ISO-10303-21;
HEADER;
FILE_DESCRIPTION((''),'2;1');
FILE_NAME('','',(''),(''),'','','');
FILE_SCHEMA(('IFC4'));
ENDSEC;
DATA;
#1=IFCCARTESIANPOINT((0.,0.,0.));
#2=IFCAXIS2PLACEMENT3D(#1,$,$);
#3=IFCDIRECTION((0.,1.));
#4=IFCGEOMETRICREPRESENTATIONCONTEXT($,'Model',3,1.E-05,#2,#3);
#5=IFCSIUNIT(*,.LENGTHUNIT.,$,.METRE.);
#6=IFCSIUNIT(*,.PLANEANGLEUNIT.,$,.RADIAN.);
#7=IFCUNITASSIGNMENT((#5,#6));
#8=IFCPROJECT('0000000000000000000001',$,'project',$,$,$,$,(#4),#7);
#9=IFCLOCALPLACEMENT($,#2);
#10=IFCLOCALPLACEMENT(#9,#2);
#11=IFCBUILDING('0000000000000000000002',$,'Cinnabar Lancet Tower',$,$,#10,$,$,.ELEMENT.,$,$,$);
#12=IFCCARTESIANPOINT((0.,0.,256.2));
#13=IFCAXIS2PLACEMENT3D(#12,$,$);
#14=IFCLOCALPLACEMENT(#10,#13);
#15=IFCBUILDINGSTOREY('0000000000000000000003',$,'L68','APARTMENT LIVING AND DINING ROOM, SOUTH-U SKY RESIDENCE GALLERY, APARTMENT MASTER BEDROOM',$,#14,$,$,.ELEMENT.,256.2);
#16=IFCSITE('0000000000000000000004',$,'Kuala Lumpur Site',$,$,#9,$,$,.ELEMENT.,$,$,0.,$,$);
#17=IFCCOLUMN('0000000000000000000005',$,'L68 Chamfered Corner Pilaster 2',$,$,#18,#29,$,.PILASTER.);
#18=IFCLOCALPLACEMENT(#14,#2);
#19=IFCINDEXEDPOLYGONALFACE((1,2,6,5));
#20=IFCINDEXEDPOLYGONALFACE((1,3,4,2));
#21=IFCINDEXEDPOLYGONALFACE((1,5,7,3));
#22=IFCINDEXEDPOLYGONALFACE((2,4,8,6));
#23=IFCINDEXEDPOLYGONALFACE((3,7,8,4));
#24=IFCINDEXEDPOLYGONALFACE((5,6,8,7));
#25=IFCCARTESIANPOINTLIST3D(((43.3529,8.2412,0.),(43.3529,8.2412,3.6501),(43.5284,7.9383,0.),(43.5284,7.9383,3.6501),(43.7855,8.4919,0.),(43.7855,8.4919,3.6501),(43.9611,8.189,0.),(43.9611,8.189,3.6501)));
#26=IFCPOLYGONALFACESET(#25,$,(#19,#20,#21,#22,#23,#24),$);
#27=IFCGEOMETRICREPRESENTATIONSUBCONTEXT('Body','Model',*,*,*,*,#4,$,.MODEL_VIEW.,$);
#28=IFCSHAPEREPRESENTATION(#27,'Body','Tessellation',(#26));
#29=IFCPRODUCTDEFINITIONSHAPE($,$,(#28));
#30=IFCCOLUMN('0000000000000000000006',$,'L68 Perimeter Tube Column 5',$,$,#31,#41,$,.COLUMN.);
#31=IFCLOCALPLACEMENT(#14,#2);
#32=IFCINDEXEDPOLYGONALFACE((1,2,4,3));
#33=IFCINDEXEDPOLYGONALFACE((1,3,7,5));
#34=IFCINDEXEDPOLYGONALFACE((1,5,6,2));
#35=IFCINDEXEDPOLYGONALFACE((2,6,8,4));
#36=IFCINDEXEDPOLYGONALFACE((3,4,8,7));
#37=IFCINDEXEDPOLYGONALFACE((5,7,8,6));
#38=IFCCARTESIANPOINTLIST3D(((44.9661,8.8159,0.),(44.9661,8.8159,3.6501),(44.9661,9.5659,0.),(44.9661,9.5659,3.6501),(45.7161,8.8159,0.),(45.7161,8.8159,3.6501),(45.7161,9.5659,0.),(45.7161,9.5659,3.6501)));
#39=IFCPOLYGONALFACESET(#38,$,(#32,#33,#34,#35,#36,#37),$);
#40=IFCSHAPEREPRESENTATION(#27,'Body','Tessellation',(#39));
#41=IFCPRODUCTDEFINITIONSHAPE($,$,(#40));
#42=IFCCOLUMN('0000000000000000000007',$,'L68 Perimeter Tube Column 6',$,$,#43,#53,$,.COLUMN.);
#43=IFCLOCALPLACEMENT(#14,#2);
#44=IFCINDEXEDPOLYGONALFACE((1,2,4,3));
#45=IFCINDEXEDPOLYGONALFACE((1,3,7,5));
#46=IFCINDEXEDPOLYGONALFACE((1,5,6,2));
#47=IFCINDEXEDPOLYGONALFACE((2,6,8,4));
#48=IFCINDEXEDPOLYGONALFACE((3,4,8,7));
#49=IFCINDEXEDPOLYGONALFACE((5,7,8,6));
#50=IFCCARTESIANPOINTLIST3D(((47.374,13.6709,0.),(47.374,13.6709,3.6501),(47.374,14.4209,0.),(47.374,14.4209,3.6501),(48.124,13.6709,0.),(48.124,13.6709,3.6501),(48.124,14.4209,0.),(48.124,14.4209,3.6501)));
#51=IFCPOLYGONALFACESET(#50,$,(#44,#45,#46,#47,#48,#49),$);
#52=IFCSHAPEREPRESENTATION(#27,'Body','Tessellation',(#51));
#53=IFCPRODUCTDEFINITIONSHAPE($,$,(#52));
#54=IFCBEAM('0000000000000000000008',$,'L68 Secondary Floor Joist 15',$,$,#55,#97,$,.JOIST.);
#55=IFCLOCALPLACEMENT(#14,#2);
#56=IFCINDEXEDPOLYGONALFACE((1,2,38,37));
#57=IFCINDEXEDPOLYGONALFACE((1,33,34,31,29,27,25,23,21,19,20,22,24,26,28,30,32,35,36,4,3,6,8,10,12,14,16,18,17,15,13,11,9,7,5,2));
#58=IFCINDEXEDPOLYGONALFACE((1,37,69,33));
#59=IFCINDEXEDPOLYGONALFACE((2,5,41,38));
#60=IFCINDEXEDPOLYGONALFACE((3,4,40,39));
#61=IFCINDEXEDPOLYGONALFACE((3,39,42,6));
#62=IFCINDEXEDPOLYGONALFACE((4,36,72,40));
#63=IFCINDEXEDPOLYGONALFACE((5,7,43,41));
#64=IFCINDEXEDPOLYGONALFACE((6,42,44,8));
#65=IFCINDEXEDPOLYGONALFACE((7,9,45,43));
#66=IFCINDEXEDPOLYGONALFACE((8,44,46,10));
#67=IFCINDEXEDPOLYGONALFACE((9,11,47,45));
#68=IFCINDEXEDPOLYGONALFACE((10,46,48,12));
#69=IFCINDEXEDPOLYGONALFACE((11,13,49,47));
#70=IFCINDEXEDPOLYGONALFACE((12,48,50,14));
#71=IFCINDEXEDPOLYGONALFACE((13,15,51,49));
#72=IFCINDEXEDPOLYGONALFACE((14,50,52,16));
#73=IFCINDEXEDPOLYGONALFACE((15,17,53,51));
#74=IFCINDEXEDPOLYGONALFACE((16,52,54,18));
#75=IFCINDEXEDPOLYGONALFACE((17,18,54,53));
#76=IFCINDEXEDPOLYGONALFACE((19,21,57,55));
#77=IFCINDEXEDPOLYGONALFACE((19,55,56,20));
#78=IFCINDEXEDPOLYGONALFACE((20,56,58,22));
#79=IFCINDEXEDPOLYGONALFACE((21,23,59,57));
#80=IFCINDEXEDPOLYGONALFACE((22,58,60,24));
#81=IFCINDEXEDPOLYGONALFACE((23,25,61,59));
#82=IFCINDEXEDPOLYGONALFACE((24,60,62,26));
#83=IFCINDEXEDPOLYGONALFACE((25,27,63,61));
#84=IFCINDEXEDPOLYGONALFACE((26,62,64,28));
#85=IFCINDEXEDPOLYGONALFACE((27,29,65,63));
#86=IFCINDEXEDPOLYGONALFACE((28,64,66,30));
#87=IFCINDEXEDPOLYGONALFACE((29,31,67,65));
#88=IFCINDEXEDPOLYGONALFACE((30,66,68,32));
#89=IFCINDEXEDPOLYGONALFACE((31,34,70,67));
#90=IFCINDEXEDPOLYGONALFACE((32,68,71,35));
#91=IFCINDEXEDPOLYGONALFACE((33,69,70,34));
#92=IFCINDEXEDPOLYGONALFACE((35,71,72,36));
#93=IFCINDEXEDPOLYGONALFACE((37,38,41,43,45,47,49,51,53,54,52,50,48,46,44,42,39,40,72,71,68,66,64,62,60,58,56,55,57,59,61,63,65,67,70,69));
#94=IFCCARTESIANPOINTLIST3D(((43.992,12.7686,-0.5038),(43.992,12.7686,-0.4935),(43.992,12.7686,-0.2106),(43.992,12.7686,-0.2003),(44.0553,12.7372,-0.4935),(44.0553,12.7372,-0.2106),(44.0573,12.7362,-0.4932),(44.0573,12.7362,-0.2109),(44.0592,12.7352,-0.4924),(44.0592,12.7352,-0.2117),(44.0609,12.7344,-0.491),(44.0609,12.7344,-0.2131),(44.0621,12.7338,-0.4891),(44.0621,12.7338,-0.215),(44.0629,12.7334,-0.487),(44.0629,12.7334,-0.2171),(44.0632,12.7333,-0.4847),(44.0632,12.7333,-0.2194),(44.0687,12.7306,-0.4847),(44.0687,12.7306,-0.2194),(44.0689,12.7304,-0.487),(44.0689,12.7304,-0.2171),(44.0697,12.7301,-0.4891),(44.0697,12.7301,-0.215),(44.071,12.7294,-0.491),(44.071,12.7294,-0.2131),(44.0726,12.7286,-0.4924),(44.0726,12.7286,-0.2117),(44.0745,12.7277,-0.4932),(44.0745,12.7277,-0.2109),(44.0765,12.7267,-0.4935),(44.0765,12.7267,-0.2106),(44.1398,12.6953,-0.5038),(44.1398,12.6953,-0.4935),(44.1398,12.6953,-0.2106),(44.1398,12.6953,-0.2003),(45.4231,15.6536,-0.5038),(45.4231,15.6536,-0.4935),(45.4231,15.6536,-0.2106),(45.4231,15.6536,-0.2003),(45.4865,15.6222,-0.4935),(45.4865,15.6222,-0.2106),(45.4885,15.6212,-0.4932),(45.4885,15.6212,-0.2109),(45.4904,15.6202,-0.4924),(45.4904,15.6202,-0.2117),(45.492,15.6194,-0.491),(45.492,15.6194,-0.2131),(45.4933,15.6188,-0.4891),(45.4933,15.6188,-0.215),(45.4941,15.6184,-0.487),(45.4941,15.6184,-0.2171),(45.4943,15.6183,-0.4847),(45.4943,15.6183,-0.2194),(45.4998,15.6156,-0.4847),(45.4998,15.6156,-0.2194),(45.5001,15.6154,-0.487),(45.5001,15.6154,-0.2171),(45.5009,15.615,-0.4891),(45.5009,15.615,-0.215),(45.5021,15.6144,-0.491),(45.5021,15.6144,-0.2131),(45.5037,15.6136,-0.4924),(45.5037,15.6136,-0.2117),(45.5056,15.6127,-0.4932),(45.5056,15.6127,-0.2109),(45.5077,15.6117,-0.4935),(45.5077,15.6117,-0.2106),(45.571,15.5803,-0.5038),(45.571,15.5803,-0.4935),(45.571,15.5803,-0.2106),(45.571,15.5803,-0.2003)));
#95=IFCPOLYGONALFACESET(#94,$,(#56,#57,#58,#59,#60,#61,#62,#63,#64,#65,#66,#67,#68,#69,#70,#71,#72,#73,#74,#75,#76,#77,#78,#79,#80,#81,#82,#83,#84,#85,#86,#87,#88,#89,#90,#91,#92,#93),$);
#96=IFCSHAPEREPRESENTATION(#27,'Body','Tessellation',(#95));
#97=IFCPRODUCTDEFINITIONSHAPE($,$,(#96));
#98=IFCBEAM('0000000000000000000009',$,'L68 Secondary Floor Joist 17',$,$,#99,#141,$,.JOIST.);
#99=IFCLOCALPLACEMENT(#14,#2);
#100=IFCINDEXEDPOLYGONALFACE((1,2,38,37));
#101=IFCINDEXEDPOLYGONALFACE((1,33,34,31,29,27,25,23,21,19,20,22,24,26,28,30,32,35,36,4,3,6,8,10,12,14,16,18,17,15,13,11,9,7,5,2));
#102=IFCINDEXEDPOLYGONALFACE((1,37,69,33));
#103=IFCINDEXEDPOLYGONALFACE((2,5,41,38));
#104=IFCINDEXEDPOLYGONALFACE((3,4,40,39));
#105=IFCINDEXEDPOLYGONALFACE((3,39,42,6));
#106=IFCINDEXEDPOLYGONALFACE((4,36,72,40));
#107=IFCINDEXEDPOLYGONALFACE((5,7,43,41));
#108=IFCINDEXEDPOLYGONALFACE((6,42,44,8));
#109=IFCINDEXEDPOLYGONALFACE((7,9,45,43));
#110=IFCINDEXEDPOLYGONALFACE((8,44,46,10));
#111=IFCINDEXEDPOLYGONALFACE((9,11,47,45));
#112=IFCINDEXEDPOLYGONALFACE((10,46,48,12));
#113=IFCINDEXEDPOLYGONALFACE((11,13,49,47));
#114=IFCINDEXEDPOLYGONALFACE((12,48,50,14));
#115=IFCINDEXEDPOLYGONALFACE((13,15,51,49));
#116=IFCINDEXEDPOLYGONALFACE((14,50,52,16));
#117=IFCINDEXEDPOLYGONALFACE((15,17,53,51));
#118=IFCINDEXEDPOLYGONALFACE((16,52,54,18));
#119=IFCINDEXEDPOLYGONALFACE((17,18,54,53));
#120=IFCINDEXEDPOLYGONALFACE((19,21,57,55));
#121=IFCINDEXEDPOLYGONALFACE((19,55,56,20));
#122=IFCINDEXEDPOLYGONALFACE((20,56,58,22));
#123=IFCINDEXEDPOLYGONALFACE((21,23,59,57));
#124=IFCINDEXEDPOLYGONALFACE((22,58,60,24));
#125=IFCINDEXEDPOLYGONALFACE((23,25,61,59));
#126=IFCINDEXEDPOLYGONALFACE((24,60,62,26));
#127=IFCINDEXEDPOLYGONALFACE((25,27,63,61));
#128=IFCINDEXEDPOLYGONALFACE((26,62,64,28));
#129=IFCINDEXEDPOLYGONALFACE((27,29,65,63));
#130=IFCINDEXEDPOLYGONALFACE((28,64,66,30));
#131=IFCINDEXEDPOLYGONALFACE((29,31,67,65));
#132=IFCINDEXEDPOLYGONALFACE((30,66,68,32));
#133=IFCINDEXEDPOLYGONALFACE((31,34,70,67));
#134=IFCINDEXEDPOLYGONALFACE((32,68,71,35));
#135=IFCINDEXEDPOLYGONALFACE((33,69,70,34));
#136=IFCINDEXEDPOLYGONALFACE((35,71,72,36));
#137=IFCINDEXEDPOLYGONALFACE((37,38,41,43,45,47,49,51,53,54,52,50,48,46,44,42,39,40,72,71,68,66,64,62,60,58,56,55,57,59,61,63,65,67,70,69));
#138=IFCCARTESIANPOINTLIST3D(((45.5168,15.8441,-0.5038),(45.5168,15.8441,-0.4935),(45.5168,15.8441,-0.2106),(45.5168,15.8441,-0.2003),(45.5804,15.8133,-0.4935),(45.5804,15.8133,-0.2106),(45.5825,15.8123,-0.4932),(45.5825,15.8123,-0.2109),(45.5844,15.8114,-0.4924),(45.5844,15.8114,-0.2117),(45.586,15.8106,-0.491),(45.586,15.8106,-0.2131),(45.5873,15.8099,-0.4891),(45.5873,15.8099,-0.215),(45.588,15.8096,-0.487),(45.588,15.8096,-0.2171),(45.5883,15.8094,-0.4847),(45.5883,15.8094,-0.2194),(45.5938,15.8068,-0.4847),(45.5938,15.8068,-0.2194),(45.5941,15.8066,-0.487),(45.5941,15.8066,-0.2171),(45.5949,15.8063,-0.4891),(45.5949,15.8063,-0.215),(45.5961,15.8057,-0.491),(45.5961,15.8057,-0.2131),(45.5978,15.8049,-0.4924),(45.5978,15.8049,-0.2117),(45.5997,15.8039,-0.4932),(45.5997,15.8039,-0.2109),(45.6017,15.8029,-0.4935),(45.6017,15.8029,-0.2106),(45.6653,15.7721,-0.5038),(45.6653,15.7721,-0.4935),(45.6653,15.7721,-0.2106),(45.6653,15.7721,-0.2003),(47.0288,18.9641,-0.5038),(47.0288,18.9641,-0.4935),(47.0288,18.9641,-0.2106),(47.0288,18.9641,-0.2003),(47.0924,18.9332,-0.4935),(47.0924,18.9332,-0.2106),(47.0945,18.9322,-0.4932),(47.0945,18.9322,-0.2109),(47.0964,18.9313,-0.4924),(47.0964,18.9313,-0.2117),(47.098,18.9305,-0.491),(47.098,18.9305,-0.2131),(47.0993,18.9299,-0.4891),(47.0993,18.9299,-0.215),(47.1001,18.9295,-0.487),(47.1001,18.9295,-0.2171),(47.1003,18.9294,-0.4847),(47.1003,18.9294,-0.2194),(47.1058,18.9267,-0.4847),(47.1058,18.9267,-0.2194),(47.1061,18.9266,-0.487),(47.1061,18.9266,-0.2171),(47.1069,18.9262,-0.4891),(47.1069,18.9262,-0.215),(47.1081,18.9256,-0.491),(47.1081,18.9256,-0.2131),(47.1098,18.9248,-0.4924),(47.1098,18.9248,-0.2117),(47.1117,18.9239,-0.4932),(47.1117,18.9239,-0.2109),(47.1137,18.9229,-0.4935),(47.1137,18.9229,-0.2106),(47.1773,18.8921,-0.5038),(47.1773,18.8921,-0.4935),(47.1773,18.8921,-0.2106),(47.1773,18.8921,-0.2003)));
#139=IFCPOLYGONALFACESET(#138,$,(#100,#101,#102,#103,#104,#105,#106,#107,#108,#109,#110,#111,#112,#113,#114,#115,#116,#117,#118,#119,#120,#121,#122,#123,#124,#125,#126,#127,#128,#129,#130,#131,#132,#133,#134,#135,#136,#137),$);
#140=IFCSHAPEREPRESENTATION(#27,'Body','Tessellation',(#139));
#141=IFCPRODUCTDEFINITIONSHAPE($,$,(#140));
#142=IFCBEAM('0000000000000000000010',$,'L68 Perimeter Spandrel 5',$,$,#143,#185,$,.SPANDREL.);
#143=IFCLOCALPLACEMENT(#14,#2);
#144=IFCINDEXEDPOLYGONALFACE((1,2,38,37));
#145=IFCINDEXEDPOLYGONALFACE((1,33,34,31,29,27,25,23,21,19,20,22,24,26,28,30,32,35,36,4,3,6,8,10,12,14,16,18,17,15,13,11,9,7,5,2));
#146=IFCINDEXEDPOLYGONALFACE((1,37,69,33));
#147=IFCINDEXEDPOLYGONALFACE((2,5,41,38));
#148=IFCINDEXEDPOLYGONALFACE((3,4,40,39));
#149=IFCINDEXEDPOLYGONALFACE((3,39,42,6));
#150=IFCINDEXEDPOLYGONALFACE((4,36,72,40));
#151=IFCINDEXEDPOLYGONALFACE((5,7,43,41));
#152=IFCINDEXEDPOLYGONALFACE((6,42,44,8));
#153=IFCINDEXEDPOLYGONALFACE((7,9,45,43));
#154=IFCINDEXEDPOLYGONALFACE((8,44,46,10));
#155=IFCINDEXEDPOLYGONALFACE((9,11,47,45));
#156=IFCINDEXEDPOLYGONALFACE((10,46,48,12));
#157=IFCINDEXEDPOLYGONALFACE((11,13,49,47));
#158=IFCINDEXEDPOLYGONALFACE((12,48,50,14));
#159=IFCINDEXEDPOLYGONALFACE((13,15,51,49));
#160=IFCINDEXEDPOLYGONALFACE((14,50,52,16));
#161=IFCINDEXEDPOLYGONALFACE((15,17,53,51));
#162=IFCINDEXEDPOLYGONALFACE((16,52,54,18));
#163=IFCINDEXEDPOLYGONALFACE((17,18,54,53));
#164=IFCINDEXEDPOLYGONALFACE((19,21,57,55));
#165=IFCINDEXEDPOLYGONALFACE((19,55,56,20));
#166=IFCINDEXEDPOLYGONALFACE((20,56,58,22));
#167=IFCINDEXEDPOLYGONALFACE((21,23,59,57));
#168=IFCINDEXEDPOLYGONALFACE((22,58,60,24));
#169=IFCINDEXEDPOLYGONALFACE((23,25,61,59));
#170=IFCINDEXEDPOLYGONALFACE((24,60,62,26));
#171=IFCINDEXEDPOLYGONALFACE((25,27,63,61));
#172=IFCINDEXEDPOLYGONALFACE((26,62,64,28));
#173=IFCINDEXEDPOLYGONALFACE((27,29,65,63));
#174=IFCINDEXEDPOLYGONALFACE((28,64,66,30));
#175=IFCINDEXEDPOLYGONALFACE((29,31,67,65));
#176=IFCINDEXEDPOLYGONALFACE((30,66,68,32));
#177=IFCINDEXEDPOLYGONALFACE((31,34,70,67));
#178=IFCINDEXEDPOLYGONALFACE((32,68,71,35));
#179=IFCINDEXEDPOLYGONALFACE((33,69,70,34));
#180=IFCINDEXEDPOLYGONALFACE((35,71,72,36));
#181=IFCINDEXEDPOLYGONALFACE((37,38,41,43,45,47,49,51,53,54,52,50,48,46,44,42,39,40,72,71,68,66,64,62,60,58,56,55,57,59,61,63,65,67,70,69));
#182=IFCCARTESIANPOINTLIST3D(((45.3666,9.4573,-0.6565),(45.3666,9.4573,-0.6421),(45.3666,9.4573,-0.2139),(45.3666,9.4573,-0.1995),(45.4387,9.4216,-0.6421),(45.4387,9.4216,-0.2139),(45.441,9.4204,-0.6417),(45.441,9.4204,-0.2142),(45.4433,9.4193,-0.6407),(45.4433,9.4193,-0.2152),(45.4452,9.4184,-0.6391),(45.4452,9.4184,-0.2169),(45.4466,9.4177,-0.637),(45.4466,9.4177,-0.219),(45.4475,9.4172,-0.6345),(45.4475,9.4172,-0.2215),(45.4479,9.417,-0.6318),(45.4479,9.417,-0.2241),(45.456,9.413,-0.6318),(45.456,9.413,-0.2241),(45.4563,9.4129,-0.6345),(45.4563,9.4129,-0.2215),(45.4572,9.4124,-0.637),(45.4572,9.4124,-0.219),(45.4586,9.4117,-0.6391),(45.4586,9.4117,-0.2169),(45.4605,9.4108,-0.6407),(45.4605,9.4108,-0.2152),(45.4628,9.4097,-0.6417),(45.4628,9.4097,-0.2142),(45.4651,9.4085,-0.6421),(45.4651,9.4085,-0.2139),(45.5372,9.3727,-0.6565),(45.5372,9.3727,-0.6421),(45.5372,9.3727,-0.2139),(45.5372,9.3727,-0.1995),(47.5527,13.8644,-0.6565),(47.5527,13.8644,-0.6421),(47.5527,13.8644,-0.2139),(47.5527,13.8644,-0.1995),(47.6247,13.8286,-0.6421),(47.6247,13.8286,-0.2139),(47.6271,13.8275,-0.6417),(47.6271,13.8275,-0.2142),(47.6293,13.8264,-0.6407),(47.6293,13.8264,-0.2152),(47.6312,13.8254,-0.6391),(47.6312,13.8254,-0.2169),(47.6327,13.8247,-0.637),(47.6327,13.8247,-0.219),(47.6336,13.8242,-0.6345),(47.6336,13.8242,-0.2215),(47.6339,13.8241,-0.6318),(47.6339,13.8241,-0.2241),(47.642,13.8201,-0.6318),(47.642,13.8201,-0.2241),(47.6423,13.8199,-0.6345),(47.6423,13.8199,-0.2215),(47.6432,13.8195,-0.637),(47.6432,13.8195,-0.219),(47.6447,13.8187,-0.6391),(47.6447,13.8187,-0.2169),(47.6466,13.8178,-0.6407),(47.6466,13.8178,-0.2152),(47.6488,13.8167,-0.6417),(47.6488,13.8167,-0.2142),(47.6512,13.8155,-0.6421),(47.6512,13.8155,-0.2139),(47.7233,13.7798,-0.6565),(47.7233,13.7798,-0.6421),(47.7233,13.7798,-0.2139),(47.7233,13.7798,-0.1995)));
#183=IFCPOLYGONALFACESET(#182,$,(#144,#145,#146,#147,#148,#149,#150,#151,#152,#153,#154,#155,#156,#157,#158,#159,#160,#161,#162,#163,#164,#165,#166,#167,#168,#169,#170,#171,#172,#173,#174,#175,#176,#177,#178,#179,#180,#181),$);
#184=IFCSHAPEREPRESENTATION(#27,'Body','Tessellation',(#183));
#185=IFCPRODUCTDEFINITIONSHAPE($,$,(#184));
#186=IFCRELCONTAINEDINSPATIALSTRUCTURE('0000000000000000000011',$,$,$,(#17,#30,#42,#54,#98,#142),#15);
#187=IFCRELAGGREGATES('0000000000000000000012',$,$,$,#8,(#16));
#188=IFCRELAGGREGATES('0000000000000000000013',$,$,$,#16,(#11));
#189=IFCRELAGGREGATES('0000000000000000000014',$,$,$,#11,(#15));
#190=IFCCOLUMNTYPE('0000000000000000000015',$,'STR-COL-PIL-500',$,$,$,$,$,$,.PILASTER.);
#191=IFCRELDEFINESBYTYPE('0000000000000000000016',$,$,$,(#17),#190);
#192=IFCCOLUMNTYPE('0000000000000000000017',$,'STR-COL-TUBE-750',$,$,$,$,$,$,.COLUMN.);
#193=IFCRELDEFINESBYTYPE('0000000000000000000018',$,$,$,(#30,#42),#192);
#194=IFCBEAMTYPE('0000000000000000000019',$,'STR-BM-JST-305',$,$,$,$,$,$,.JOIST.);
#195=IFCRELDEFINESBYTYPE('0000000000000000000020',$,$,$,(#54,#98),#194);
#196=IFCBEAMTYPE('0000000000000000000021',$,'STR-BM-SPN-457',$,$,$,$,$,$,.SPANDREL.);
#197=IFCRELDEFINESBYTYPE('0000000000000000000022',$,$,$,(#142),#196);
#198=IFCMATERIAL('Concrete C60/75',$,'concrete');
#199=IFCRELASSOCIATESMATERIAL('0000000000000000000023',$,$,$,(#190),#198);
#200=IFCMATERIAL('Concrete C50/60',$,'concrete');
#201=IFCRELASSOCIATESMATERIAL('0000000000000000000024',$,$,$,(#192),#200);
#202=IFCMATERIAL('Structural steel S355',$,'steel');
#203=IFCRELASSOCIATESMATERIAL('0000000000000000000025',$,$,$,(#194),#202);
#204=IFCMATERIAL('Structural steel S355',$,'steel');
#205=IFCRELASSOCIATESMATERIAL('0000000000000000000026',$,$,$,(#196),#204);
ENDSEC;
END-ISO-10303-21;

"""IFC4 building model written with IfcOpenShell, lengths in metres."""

from ifc_helpers import new_model, si_unit, direction, frame, origin, origin_2d, place, context, subcontext, project, spatial, rectangle, i_section, extrude, material, material_profile, profile_set, type_object, element, save


model = new_model("IFC4")

# Units and contexts
model_context = context("Model", 3, precision=1e-05, world=origin(), true_north=direction((0.0, 1.0)))
body_context = subcontext(model_context, "Body", "Model", "MODEL_VIEW")
ifc_project = project(units=[si_unit("LENGTHUNIT", "METRE"), si_unit("PLANEANGLEUNIT", "RADIAN")], contexts=[model_context])

# Site, building, storey
site_placement = place(None, origin())
site = spatial("IfcSite", under=ifc_project, at=site_placement, Name="Kuala Lumpur Site", CompositionType="ELEMENT", RefElevation=0.0)
building_placement = place(site_placement, origin())
building = spatial("IfcBuilding", under=site, at=building_placement, Name="Cinnabar Lancet Tower", CompositionType="ELEMENT")
storey_placement = place(building_placement, frame((0.0, 0.0, 256.2)))
storey = spatial("IfcBuildingStorey", under=building, at=storey_placement, Name="L68", Description="APARTMENT LIVING AND DINING ROOM, SOUTH-U SKY RESIDENCE GALLERY, APARTMENT MASTER BEDROOM", CompositionType="ELEMENT", Elevation=256.2)

# Columns
ifc_material_1 = material(Name="Concrete C60/75", Category="concrete")
ifc_material_profile_1 = material_profile(ifc_material_1, rectangle(XDim=0.5, YDim=0.3501, at=origin_2d()), Name="RC-PIL 500x350")
ifc_profile_set_1 = profile_set([ifc_material_profile_1], Name="Concrete C60/75")
column_type_1 = type_object("IfcColumnType", Name="STR-COL-PIL-500", PredefinedType="PILASTER", material=ifc_profile_set_1)
column_placement = place(storey_placement, frame((43.657, 8.2151, 0.0), z_axis=(0.0, 0.0, 1.0), x_axis=(0.865256, 0.50133, 0.0)))
element("IfcColumn", 1, at=column_placement, inside=storey, type_object=column_type_1, Name="L68 Chamfered Corner Pilaster 2", PredefinedType="PILASTER", context=body_context, shape_type="SweptSolid", body=[
    extrude(rectangle(XDim=0.5, YDim=0.3501, at=origin_2d()), origin(), (0.0, 0.0, 1.0), 3.6501),
])
ifc_material_2 = material(Name="Concrete C50/60", Category="concrete")
ifc_material_profile_2 = material_profile(ifc_material_2, rectangle(XDim=0.75, YDim=0.75, at=origin_2d()), Name="RC-COL 750x750")
ifc_profile_set_2 = profile_set([ifc_material_profile_2], Name="Concrete C50/60")
column_type_2 = type_object("IfcColumnType", Name="STR-COL-TUBE-750", PredefinedType="COLUMN", material=ifc_profile_set_2)
for number, where, z_axis, x_axis, name in (
    (2, (45.3411, 9.1909, 0.0), (0.0, 0.0, 1.0), (1.0, 0.0, 0.0), "L68 Perimeter Tube Column 5"),
    (3, (47.749, 14.0459, 0.0), (0.0, 0.0, 1.0), (1.0, 0.0, 0.0), "L68 Perimeter Tube Column 6"),
):
    element("IfcColumn", number, at=place(storey_placement, frame(where, z_axis=z_axis, x_axis=x_axis)), inside=storey, type_object=column_type_2, Name=name, PredefinedType="COLUMN", context=body_context, shape_type="SweptSolid", body=[
        extrude(rectangle(XDim=0.75, YDim=0.75, at=origin_2d()), origin(), (0.0, 0.0, 1.0), 3.6501),
    ])

# Beams
ifc_material_3 = material(Name="Structural steel S355", Category="steel")
ifc_material_profile_3 = material_profile(ifc_material_3, i_section(OverallWidth=0.165, OverallDepth=0.3035, WebThickness=0.0061, FlangeThickness=0.0103, FilletRadius=0.0088, at=origin_2d()), Name="UKB 305x165x40")
ifc_profile_set_3 = profile_set([ifc_material_profile_3], Name="Structural steel S355")
beam_type_1 = type_object("IfcBeamType", Name="STR-BM-JST-305", PredefinedType="JOIST", material=ifc_profile_set_3)
beam_1_placement = place(storey_placement, frame((44.0659, 12.7319, -0.3521), z_axis=(0.444391, 0.895833, 0.0), x_axis=(-0.895833, 0.444391, 0.0)))
element("IfcBeam", 4, at=beam_1_placement, inside=storey, type_object=beam_type_1, Name="L68 Secondary Floor Joist 15", PredefinedType="JOIST", context=body_context, shape_type="SweptSolid", body=[
    extrude(i_section(OverallWidth=0.165, OverallDepth=0.3035, WebThickness=0.0061, FlangeThickness=0.0103, FilletRadius=0.0088, at=origin_2d()), origin(), (0.0, 0.0, 1.0), 3.2205),
])
beam_2_placement = place(storey_placement, frame((45.5911, 15.8081, -0.3521), z_axis=(0.436109, 0.899894, 0.0), x_axis=(-0.899894, 0.436109, 0.0)))
element("IfcBeam", 5, at=beam_2_placement, inside=storey, type_object=beam_type_1, Name="L68 Secondary Floor Joist 17", PredefinedType="JOIST", context=body_context, shape_type="SweptSolid", body=[
    extrude(i_section(OverallWidth=0.165, OverallDepth=0.3035, WebThickness=0.0061, FlangeThickness=0.0103, FilletRadius=0.0088, at=origin_2d()), origin(), (0.0, 0.0, 1.0), 3.467),
])
ifc_material_4 = material(Name="Structural steel S355", Category="steel")
ifc_material_profile_4 = material_profile(ifc_material_4, i_section(OverallWidth=0.1904, OverallDepth=0.457, WebThickness=0.009, FlangeThickness=0.0144, FilletRadius=0.0103, at=origin_2d()), Name="UKB 457x191x74")
ifc_profile_set_4 = profile_set([ifc_material_profile_4], Name="Structural steel S355")
beam_type_2 = type_object("IfcBeamType", Name="STR-BM-SPN-457", PredefinedType="SPANDREL", material=ifc_profile_set_4)
beam_3_placement = place(storey_placement, frame((45.4519, 9.415, -0.428), z_axis=(0.444373, 0.895842, 0.0), x_axis=(-0.895842, 0.444373, 0.0)))
element("IfcBeam", 6, at=beam_3_placement, inside=storey, type_object=beam_type_2, Name="L68 Perimeter Spandrel 5", PredefinedType="SPANDREL", context=body_context, shape_type="SweptSolid", body=[
    extrude(i_section(OverallWidth=0.1904, OverallDepth=0.457, WebThickness=0.009, FlangeThickness=0.0144, FilletRadius=0.0103, at=origin_2d()), origin(), (0.0, 0.0, 1.0), 4.9194),
])

save(model, "model.ifc")
